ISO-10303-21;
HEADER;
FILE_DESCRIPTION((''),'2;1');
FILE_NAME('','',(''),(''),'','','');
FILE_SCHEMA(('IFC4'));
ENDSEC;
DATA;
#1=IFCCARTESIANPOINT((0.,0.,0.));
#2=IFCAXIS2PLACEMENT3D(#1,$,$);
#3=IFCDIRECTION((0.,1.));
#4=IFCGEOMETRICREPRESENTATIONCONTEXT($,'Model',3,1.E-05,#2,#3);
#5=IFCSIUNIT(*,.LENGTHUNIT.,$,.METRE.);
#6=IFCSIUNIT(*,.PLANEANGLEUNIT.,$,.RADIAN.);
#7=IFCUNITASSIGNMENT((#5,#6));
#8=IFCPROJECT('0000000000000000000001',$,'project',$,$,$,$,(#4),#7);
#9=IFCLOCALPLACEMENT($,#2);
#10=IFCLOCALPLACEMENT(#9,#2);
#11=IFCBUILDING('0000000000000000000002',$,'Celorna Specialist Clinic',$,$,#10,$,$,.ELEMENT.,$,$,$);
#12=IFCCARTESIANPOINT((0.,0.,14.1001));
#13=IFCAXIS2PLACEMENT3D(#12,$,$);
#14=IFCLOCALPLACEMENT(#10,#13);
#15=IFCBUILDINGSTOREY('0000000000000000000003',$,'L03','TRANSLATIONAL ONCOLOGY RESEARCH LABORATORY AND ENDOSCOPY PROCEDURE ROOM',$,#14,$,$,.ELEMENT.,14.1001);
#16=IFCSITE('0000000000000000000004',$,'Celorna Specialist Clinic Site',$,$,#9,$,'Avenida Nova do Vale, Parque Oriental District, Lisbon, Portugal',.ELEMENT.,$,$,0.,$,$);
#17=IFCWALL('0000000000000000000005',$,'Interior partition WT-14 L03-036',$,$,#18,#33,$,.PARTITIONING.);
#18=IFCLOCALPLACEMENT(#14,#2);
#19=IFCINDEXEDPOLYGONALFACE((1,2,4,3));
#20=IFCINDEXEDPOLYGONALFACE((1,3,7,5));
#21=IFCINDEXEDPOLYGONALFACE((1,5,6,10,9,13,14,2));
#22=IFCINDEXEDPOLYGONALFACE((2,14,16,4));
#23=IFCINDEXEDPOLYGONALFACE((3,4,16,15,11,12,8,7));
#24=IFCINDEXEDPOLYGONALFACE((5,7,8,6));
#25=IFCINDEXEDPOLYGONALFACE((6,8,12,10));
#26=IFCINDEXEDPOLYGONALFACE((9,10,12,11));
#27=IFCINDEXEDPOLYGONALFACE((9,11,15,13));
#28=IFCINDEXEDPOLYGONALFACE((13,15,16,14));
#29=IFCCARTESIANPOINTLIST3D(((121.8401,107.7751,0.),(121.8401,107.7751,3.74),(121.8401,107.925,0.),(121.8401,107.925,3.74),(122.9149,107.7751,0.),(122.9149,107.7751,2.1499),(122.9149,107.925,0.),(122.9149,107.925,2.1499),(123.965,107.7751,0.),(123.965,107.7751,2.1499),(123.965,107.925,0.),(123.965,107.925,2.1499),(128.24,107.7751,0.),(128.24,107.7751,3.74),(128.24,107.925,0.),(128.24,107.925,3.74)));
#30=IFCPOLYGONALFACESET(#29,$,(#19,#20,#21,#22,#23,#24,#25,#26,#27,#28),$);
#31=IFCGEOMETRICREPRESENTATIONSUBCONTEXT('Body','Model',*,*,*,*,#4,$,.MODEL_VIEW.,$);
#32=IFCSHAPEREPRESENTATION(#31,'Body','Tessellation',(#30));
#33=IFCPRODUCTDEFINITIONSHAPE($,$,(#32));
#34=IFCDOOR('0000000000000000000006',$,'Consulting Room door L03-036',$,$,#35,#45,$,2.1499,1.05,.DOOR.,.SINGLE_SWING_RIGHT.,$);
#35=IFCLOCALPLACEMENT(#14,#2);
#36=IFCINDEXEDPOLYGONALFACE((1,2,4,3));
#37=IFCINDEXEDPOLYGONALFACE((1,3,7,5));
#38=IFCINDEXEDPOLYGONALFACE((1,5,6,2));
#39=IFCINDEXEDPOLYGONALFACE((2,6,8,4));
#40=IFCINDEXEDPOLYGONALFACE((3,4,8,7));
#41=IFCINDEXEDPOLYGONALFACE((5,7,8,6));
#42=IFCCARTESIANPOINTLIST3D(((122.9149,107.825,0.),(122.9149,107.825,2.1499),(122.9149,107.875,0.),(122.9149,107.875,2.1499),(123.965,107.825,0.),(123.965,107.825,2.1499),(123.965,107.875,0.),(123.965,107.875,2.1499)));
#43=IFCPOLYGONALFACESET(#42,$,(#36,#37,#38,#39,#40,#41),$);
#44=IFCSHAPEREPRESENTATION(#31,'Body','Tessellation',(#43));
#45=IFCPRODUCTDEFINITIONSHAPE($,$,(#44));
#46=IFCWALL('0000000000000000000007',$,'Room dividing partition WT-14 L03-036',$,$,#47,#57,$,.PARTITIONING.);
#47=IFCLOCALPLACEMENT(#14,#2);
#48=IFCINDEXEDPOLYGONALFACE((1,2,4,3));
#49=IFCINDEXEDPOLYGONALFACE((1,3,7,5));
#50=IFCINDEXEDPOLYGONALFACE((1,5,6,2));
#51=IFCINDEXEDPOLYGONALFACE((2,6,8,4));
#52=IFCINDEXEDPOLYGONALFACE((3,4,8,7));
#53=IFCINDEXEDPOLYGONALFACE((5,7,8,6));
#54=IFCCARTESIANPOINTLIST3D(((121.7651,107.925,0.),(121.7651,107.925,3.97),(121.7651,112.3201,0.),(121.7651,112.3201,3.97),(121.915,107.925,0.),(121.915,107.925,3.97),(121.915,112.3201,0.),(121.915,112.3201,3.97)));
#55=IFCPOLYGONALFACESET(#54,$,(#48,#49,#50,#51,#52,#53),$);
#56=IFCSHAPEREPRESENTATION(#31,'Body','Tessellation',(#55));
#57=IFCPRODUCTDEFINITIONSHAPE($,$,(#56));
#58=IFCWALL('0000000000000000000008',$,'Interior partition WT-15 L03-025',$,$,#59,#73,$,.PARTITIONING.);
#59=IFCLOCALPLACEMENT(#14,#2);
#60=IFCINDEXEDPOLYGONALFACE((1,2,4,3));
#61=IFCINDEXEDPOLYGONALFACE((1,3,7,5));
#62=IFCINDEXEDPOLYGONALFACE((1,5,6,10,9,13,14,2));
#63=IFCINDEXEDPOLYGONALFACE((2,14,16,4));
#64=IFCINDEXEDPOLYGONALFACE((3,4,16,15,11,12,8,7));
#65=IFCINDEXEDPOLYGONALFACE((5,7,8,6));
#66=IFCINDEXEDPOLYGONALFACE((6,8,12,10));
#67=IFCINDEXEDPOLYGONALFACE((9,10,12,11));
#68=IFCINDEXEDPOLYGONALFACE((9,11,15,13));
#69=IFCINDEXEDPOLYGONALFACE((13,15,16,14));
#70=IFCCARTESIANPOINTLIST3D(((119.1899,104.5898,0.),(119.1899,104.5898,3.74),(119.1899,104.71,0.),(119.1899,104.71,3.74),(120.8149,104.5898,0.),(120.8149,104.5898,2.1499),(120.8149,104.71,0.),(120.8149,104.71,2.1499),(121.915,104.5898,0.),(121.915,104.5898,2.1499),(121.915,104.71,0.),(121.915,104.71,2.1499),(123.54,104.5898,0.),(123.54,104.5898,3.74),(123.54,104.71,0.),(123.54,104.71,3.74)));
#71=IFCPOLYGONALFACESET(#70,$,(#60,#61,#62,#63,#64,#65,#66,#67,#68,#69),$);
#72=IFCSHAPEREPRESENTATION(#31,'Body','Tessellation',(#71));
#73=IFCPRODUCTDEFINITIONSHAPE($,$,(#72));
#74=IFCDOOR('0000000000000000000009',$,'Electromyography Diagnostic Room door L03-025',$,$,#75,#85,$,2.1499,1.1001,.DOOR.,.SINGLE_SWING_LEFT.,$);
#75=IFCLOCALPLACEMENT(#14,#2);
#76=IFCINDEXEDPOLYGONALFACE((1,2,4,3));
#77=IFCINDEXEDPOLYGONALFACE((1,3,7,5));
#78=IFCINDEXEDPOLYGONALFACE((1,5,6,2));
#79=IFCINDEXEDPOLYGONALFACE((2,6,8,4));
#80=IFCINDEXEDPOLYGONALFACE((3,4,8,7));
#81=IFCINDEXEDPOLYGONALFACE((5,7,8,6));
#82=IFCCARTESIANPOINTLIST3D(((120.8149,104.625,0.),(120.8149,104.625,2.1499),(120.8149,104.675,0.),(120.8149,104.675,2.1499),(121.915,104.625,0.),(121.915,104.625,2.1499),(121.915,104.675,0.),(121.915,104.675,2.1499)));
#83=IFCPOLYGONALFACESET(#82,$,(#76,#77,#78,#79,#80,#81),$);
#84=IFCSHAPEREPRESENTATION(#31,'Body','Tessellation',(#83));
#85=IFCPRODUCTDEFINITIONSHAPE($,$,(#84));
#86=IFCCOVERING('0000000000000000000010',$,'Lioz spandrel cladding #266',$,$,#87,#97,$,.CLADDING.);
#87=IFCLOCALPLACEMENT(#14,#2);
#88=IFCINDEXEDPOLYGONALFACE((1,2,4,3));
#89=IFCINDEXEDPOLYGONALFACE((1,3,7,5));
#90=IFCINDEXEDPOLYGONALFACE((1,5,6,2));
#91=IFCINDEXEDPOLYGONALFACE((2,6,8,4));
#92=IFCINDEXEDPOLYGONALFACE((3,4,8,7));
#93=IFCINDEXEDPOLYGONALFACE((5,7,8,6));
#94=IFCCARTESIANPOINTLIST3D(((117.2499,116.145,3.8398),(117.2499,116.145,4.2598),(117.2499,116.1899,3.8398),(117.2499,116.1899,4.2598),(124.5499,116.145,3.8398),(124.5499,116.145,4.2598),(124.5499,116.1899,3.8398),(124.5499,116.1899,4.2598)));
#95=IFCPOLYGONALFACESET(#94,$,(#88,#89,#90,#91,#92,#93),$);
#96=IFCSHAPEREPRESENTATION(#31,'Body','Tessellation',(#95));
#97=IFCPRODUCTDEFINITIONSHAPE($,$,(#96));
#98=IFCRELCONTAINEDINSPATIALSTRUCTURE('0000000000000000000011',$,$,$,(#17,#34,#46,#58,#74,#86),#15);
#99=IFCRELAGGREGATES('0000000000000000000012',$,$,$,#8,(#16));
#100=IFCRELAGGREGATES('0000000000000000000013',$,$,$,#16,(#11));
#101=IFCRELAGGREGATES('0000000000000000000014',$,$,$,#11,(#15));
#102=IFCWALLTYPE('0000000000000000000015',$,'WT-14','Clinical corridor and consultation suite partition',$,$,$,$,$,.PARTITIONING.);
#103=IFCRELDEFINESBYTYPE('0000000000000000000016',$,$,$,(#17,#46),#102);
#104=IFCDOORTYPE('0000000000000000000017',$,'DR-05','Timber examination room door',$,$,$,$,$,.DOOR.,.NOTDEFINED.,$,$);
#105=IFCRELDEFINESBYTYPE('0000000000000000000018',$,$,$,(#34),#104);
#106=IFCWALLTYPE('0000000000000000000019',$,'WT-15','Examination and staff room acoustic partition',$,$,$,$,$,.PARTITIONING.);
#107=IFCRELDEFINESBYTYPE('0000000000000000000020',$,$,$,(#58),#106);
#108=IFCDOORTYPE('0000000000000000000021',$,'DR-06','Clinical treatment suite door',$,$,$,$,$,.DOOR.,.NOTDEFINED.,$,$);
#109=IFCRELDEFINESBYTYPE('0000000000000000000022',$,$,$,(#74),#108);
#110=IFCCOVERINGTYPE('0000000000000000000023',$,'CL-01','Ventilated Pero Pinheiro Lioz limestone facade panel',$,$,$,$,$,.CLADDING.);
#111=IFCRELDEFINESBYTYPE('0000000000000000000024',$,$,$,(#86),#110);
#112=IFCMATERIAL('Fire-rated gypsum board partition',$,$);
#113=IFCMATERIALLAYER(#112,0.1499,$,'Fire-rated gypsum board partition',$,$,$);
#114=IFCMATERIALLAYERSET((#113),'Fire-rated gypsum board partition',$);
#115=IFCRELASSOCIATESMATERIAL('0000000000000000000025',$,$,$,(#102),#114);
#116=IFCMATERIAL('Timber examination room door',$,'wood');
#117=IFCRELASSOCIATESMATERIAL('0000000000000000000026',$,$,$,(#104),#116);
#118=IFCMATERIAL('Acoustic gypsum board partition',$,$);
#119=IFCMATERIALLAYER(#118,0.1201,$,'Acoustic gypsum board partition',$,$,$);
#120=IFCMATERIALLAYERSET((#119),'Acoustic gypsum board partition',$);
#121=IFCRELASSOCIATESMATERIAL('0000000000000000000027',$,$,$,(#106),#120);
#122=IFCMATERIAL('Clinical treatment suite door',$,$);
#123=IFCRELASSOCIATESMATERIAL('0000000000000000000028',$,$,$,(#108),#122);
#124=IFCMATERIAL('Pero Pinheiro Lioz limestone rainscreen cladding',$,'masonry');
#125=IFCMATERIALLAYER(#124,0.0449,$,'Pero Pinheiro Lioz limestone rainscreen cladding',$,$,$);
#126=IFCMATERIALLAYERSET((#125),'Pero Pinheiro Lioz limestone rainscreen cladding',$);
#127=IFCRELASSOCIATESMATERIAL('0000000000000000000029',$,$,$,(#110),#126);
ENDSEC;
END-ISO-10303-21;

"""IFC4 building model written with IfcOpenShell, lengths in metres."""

from ifc_helpers import new_model, si_unit, direction, frame, frame_2d, origin, origin_2d, place, context, subcontext, project, spatial, rectangle, extrude, material, layer, layer_set, type_object, element, fill, save


model = new_model("IFC4")

# Units and contexts
model_context = context("Model", 3, precision=1e-05, world=origin(), true_north=direction((0.0, 1.0)))
body_context = subcontext(model_context, "Body", "Model", "MODEL_VIEW")
ifc_project = project(units=[si_unit("LENGTHUNIT", "METRE"), si_unit("PLANEANGLEUNIT", "RADIAN")], contexts=[model_context])

# Site, building, storey
site_placement = place(None, origin())
site = spatial("IfcSite", under=ifc_project, at=site_placement, Name="Celorna Specialist Clinic Site", LongName="Avenida Nova do Vale, Parque Oriental District, Lisbon, Portugal", CompositionType="ELEMENT", RefElevation=0.0)
building_placement = place(site_placement, origin())
building = spatial("IfcBuilding", under=site, at=building_placement, Name="Celorna Specialist Clinic", CompositionType="ELEMENT")
storey_placement = place(building_placement, frame((0.0, 0.0, 14.1001)))
storey = spatial("IfcBuildingStorey", under=building, at=storey_placement, Name="L03", Description="TRANSLATIONAL ONCOLOGY RESEARCH LABORATORY AND ENDOSCOPY PROCEDURE ROOM", CompositionType="ELEMENT", Elevation=14.1001)

# Shared definitions
ifc_material_1 = material(Name="Fire-rated gypsum board partition")
ifc_layer_1 = layer(ifc_material_1, 0.1499, Name="Fire-rated gypsum board partition")
ifc_layer_set_1 = layer_set([ifc_layer_1], Name="Fire-rated gypsum board partition")
wall_type_1 = type_object("IfcWallType", Name="WT-14", Description="Clinical corridor and consultation suite partition", PredefinedType="PARTITIONING", material=ifc_layer_set_1)

# Wall, opening, door
ifc_material_2 = material(Name="Timber examination room door", Category="wood")
door_type_1 = type_object("IfcDoorType", Name="DR-05", Description="Timber examination room door", OperationType="NOTDEFINED", PredefinedType="DOOR", material=ifc_material_2)
wall_1_placement = place(storey_placement, frame((121.8401, 107.8501, 0.0), z_axis=(0.0, 0.0, 1.0), x_axis=(1.0, 0.0, 0.0)))
wall_1 = element("IfcWall", 1, at=wall_1_placement, inside=storey, type_object=wall_type_1, Name="Interior partition WT-14 L03-036", PredefinedType="PARTITIONING", context=body_context, shape_type="SweptSolid", body=[
    extrude(rectangle(XDim=6.3999, YDim=0.1499, at=frame_2d((3.2, 0.0))), origin(), (0.0, 0.0, 1.0), 3.74),
])
opening_1_placement = place(wall_1_placement, frame((1.075, 0.0, 0.0)))
opening_1 = element("IfcOpeningElement", 2, at=opening_1_placement, cuts=wall_1, PredefinedType="OPENING", context=body_context, shape_type="SweptSolid", body=[
    extrude(rectangle(XDim=1.05, YDim=2.1499, at=frame_2d((0.5249, 1.075))), frame((0.0, 0.085, 0.0), z_axis=(0.0, -1.0, 0.0), x_axis=(1.0, 0.0, 0.0)), (0.0, 0.0, 1.0), 0.1699),
])
door_1_placement = place(opening_1_placement, origin())
door_1 = element("IfcDoor", 3, at=door_1_placement, inside=storey, type_object=door_type_1, Name="Consulting Room door L03-036", OperationType="SINGLE_SWING_RIGHT", OverallHeight=2.1499, OverallWidth=1.05, PredefinedType="DOOR", context=body_context, shape_type="SweptSolid", body=[
    extrude(rectangle(XDim=1.05, YDim=2.1499, at=frame_2d((0.5249, 1.075))), frame((0.0, 0.0249, 0.0), z_axis=(0.0, -1.0, 0.0), x_axis=(1.0, 0.0, 0.0)), (0.0, 0.0, 1.0), 0.05),
])
fill(opening_1, door_1)

# Wall
wall_2_placement = place(storey_placement, frame((121.8401, 107.925, 0.0), z_axis=(0.0, 0.0, 1.0), x_axis=(0.0, 1.0, 0.0)))
element("IfcWall", 4, at=wall_2_placement, inside=storey, type_object=wall_type_1, Name="Room dividing partition WT-14 L03-036", PredefinedType="PARTITIONING", context=body_context, shape_type="SweptSolid", body=[
    extrude(rectangle(XDim=4.395, YDim=0.1499, at=frame_2d((2.1975, 0.0))), origin(), (0.0, 0.0, 1.0), 3.97),
])

# Wall, opening, door
ifc_material_3 = material(Name="Acoustic gypsum board partition")
ifc_layer_2 = layer(ifc_material_3, 0.1201, Name="Acoustic gypsum board partition")
ifc_layer_set_2 = layer_set([ifc_layer_2], Name="Acoustic gypsum board partition")
wall_type_2 = type_object("IfcWallType", Name="WT-15", Description="Examination and staff room acoustic partition", PredefinedType="PARTITIONING", material=ifc_layer_set_2)
wall_3_placement = place(storey_placement, frame((123.54, 104.6499, 0.0), z_axis=(0.0, 0.0, 1.0), x_axis=(-1.0, 0.0, 0.0)))
wall_3 = element("IfcWall", 5, at=wall_3_placement, inside=storey, type_object=wall_type_2, Name="Interior partition WT-15 L03-025", PredefinedType="PARTITIONING", context=body_context, shape_type="SweptSolid", body=[
    extrude(rectangle(XDim=4.3501, YDim=0.1201, at=frame_2d((2.175, 0.0))), origin(), (0.0, 0.0, 1.0), 3.74),
])
opening_2_placement = place(wall_3_placement, frame((1.625, 0.0, 0.0)))
opening_2 = element("IfcOpeningElement", 6, at=opening_2_placement, cuts=wall_3, PredefinedType="OPENING", context=body_context, shape_type="SweptSolid", body=[
    extrude(rectangle(XDim=1.1001, YDim=2.1499, at=frame_2d((0.55, 1.075))), frame((0.0, 0.0701, 0.0), z_axis=(0.0, -1.0, 0.0), x_axis=(1.0, 0.0, 0.0)), (0.0, 0.0, 1.0), 0.1401),
])
ifc_material_4 = material(Name="Clinical treatment suite door")
door_type_2 = type_object("IfcDoorType", Name="DR-06", Description="Clinical treatment suite door", OperationType="NOTDEFINED", PredefinedType="DOOR", material=ifc_material_4)
door_2_placement = place(opening_2_placement, origin())
door_2 = element("IfcDoor", 7, at=door_2_placement, inside=storey, type_object=door_type_2, Name="Electromyography Diagnostic Room door L03-025", OperationType="SINGLE_SWING_LEFT", OverallHeight=2.1499, OverallWidth=1.1001, PredefinedType="DOOR", context=body_context, shape_type="SweptSolid", body=[
    extrude(rectangle(XDim=1.1001, YDim=2.1499, at=frame_2d((0.55, 1.075))), frame((0.0, 0.0249, 0.0), z_axis=(0.0, -1.0, 0.0), x_axis=(1.0, 0.0, 0.0)), (0.0, 0.0, 1.0), 0.05),
])
fill(opening_2, door_2)

# Covering
ifc_material_5 = material(Name="Pero Pinheiro Lioz limestone rainscreen cladding", Category="masonry")
ifc_layer_3 = layer(ifc_material_5, 0.0449, Name="Pero Pinheiro Lioz limestone rainscreen cladding")
ifc_layer_set_3 = layer_set([ifc_layer_3], Name="Pero Pinheiro Lioz limestone rainscreen cladding")
covering_type = type_object("IfcCoveringType", Name="CL-01", Description="Ventilated Pero Pinheiro Lioz limestone facade panel", PredefinedType="CLADDING", material=ifc_layer_set_3)
covering_placement = place(storey_placement, frame((120.8999, 116.1675, 3.8398), z_axis=(0.0, 0.0, 1.0), x_axis=(1.0, 0.0, 0.0)))
element("IfcCovering", 8, at=covering_placement, inside=storey, type_object=covering_type, Name="Lioz spandrel cladding #266", PredefinedType="CLADDING", context=body_context, shape_type="SweptSolid", body=[
    extrude(rectangle(XDim=7.3, YDim=0.0449, at=origin_2d()), origin(), (0.0, 0.0, 1.0), 0.4199),
])

save(model, "model.ifc")
